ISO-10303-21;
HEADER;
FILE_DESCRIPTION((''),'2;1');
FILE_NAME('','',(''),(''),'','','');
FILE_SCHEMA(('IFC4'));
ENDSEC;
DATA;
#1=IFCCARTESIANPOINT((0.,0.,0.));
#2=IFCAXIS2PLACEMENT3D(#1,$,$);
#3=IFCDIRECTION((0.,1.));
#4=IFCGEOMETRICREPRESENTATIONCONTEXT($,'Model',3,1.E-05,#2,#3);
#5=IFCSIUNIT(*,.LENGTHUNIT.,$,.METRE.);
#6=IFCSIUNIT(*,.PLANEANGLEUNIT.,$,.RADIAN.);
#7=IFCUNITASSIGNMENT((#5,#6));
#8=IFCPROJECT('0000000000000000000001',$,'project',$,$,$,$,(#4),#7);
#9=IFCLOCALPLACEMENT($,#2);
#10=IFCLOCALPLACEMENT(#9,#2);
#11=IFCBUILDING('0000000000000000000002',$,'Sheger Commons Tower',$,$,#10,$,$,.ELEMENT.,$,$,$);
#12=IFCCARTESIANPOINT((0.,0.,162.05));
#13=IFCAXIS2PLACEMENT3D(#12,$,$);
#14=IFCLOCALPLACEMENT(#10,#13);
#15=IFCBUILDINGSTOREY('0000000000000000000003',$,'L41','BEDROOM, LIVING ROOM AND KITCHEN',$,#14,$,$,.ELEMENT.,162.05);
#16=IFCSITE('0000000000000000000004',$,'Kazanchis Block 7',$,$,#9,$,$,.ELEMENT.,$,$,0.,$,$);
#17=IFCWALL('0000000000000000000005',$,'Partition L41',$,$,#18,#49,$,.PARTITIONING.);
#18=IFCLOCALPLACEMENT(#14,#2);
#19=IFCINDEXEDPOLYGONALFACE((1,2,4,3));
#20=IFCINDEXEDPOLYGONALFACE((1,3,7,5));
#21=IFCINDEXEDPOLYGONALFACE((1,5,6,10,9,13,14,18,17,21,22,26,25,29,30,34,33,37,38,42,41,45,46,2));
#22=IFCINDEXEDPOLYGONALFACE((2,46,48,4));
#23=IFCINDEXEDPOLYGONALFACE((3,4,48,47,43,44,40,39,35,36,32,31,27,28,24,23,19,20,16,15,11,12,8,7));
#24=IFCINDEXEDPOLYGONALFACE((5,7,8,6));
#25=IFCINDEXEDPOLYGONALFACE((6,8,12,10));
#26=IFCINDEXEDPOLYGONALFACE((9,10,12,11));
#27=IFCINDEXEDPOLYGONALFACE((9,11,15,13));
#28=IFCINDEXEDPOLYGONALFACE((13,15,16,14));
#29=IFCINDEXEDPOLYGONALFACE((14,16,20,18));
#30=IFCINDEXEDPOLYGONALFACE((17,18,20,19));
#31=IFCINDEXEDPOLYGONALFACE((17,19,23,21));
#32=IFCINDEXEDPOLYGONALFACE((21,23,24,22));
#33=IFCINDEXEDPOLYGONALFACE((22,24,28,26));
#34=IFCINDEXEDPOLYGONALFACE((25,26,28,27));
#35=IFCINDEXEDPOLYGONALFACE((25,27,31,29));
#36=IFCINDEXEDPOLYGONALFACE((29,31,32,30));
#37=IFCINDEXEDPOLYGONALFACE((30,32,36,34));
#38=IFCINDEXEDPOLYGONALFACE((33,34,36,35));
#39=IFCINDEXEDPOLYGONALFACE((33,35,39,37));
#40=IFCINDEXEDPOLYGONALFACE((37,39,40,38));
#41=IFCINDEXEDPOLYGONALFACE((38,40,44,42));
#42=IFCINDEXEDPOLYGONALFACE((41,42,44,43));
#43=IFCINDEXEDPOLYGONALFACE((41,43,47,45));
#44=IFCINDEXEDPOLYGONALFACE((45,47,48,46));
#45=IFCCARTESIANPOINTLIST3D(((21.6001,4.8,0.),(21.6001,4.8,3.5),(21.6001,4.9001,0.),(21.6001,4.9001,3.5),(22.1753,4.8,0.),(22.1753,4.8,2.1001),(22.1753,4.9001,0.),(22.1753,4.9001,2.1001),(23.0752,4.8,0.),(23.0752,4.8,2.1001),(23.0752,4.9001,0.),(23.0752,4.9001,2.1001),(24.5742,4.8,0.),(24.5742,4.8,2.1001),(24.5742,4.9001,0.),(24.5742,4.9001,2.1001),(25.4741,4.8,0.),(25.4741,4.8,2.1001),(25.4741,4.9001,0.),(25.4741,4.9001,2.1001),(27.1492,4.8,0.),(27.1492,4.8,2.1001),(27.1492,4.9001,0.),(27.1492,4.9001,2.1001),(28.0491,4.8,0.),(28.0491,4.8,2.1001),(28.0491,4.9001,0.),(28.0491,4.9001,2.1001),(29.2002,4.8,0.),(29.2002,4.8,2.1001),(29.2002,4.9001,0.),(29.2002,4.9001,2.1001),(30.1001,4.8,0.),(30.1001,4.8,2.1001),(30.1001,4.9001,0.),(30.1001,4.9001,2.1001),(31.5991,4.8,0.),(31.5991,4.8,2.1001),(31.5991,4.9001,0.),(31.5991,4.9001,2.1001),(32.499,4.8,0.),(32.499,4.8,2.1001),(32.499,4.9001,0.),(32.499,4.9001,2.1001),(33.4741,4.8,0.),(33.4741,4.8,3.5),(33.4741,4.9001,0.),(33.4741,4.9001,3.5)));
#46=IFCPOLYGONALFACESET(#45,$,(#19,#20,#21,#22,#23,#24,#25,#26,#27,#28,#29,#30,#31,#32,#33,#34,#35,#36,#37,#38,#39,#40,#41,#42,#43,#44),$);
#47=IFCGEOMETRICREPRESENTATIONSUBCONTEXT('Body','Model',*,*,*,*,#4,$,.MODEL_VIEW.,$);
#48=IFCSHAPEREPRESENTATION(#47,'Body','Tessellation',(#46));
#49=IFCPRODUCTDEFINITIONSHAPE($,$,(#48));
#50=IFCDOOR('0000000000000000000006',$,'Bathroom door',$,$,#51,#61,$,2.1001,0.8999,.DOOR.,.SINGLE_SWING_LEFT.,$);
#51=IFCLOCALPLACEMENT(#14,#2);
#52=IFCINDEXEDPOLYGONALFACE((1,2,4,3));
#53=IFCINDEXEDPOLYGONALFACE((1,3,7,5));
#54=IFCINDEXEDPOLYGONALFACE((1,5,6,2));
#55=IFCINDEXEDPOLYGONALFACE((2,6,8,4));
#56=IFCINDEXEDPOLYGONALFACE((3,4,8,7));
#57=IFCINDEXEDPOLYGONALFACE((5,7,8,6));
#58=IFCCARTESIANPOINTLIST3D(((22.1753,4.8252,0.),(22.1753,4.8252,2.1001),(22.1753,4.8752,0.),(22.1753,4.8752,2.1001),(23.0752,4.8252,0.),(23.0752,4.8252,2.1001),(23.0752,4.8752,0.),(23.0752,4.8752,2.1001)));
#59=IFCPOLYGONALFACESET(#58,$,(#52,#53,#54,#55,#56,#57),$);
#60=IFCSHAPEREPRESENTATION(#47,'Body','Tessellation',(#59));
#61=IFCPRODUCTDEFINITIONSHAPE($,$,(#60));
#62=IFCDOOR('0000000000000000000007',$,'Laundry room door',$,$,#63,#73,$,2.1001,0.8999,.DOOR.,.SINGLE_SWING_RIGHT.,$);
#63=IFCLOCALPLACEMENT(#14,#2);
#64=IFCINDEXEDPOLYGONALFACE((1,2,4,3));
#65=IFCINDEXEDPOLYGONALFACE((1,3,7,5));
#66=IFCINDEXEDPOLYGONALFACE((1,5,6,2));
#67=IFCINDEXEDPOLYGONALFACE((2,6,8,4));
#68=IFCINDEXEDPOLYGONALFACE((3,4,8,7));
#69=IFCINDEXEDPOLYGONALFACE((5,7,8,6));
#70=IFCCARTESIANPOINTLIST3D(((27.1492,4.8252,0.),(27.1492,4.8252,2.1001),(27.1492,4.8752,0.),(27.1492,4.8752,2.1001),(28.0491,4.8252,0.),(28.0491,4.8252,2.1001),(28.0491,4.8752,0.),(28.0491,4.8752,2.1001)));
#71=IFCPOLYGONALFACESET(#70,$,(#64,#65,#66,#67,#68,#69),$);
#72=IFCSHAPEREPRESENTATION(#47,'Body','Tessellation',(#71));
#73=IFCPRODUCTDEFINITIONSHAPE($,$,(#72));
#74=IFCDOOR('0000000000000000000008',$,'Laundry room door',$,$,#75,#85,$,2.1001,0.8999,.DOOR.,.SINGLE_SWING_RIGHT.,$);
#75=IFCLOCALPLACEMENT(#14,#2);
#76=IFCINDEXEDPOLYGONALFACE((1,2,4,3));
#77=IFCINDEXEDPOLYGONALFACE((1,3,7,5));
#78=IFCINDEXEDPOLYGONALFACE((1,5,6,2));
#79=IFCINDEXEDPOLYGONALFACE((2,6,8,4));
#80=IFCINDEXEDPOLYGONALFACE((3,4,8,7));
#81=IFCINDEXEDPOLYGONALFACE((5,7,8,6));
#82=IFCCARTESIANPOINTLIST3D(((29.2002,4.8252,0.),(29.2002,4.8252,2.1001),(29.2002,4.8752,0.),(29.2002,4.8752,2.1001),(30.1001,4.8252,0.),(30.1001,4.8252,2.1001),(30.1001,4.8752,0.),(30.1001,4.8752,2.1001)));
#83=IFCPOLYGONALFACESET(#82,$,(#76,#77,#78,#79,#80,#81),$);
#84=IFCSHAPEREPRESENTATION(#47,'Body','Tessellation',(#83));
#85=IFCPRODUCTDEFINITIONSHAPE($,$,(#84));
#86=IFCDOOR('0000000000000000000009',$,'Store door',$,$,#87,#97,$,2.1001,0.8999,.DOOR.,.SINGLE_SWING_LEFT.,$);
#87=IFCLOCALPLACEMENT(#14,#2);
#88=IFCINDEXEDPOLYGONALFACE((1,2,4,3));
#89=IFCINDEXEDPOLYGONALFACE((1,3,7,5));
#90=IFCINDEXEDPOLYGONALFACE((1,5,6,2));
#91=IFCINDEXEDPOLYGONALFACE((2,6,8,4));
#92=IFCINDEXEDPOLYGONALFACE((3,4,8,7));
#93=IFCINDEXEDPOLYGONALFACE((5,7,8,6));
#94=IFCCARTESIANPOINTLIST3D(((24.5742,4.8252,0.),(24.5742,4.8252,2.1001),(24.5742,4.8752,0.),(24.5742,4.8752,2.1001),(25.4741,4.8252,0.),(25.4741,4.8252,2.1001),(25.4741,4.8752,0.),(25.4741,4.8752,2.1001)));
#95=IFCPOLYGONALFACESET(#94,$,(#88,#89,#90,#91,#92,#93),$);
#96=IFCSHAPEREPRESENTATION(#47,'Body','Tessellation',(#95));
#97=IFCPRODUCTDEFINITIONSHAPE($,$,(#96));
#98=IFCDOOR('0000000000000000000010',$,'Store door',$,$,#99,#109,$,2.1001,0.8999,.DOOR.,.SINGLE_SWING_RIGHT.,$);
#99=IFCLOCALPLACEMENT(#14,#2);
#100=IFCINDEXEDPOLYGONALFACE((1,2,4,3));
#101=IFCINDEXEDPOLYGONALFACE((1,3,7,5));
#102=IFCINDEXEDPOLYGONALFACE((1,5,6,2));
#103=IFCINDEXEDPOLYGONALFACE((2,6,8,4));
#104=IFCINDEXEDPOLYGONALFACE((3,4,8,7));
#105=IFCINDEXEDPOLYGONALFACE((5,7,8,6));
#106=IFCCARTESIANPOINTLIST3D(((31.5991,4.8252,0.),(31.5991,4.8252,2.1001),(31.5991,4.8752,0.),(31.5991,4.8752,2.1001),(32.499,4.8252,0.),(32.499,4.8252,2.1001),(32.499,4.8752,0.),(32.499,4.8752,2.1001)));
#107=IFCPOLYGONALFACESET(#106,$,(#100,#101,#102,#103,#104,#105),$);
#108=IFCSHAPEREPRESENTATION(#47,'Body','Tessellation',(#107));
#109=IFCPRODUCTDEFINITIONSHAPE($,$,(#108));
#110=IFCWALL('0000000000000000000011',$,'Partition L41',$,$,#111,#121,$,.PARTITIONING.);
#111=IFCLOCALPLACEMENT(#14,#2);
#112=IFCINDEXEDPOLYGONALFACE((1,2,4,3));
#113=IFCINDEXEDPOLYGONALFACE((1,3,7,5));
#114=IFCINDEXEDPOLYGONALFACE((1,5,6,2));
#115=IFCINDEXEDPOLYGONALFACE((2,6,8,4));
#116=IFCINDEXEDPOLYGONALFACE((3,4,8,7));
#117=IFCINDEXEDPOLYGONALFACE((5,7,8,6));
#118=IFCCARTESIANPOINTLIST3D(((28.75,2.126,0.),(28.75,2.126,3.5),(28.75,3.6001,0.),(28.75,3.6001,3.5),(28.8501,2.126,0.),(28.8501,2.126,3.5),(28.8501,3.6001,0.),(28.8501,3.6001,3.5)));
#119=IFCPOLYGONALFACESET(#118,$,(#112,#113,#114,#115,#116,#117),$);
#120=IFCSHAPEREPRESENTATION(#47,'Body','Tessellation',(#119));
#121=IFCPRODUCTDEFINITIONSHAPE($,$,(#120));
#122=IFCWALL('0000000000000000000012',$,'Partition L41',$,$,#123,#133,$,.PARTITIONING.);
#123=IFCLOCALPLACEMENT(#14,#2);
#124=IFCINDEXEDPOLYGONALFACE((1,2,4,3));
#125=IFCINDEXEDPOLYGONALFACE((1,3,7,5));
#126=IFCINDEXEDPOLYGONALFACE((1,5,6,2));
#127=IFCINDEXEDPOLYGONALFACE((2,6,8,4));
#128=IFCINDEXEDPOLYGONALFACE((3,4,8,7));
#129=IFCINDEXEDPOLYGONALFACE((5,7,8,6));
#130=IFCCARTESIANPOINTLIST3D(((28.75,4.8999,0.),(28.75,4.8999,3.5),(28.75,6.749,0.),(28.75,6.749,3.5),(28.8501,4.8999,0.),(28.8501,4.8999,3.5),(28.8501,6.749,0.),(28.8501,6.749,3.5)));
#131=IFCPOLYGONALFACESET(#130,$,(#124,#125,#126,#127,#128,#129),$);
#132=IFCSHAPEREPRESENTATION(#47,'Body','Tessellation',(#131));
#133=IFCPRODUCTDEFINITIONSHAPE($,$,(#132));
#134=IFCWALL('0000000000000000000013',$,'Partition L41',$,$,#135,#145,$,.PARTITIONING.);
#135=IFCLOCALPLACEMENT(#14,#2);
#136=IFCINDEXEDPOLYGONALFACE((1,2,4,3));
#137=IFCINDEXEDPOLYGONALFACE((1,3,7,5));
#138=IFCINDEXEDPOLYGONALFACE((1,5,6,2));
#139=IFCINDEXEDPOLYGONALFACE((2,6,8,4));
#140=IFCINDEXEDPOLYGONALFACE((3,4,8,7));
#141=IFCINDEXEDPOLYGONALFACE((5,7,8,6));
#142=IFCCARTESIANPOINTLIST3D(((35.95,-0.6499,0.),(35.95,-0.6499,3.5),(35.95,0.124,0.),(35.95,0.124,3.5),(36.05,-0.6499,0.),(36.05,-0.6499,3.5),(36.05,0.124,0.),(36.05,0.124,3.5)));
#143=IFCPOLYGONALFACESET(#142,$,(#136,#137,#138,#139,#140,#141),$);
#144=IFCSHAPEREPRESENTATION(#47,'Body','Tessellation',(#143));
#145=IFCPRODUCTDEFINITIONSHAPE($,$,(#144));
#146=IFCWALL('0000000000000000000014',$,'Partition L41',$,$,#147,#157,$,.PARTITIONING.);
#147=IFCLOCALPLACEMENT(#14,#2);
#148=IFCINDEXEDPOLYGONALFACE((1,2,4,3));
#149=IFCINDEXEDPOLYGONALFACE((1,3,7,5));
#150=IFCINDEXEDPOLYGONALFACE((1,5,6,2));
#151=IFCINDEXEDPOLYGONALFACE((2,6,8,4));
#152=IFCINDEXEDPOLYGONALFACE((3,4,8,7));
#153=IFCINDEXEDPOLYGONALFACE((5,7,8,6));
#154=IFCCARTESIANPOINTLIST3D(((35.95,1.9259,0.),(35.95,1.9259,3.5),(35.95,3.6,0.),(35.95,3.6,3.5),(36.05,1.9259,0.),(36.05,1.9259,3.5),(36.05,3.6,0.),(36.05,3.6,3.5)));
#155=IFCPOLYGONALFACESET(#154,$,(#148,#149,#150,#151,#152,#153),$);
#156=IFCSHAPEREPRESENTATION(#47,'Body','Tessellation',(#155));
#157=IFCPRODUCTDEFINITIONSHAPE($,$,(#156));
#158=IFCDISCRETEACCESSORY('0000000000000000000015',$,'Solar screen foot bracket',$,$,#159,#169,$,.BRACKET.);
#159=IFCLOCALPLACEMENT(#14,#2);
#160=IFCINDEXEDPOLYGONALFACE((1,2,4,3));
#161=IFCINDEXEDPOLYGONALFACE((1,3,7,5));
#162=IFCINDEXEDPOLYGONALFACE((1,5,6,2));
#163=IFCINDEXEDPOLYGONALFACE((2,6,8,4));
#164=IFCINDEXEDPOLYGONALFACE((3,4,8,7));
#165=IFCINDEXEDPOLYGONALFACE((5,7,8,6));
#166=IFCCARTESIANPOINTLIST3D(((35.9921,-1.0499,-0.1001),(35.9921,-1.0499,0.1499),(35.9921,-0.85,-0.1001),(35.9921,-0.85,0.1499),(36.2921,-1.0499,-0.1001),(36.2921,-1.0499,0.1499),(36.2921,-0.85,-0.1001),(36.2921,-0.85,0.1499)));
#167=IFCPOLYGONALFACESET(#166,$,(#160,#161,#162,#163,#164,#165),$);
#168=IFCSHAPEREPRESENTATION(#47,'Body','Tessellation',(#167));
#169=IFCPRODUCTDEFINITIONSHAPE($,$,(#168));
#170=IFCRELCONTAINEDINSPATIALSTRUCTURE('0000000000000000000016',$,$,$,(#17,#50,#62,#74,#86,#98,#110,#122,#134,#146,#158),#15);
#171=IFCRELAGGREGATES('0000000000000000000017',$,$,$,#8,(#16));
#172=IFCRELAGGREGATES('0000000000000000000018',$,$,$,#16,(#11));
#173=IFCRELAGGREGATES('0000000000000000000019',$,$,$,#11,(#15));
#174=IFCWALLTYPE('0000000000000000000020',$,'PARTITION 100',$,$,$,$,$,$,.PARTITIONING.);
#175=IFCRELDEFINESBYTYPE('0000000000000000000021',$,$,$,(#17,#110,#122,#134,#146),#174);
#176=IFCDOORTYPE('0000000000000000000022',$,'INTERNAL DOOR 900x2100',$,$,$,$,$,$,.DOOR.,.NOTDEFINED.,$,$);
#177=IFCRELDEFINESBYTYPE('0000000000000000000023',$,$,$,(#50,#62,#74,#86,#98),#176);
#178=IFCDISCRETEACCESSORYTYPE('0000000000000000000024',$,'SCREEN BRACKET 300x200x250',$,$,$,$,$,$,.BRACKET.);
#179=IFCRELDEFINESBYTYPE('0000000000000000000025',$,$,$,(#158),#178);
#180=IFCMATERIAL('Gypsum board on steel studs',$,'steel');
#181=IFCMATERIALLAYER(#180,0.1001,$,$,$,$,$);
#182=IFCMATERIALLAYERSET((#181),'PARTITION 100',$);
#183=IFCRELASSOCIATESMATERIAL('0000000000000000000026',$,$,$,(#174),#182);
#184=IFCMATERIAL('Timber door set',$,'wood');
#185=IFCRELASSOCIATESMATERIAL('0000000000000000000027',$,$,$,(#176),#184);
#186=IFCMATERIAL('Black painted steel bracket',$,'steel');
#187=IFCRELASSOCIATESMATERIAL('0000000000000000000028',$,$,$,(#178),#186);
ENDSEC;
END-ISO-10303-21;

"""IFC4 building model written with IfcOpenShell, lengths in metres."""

from ifc_helpers import new_model, si_unit, direction, frame, frame_2d, origin, origin_2d, place, context, subcontext, project, spatial, rectangle, extrude, material, layer, layer_set, type_object, element, fill, save


model = new_model("IFC4")

# Units and contexts
model_context = context("Model", 3, precision=1e-05, world=origin(), true_north=direction((0.0, 1.0)))
body_context = subcontext(model_context, "Body", "Model", "MODEL_VIEW")
ifc_project = project(units=[si_unit("LENGTHUNIT", "METRE"), si_unit("PLANEANGLEUNIT", "RADIAN")], contexts=[model_context])

# Site, building, storey
site_placement = place(None, origin())
site = spatial("IfcSite", under=ifc_project, at=site_placement, Name="Kazanchis Block 7", CompositionType="ELEMENT", RefElevation=0.0)
building_placement = place(site_placement, origin())
building = spatial("IfcBuilding", under=site, at=building_placement, Name="Sheger Commons Tower", CompositionType="ELEMENT")
storey_placement = place(building_placement, frame((0.0, 0.0, 162.05)))
storey = spatial("IfcBuildingStorey", under=building, at=storey_placement, Name="L41", Description="BEDROOM, LIVING ROOM AND KITCHEN", CompositionType="ELEMENT", Elevation=162.05)

# Wall, openings, doors
ifc_material_1 = material(Name="Gypsum board on steel studs", Category="steel")
ifc_layer_1 = layer(ifc_material_1, 0.1001)
ifc_layer_set_1 = layer_set([ifc_layer_1], Name="PARTITION 100")
wall_type_1 = type_object("IfcWallType", Name="PARTITION 100", PredefinedType="PARTITIONING", material=ifc_layer_set_1)
ifc_material_2 = material(Name="Timber door set", Category="wood")
door_type = type_object("IfcDoorType", Name="INTERNAL DOOR 900x2100", OperationType="NOTDEFINED", PredefinedType="DOOR", material=ifc_material_2)
wall_1_placement = place(storey_placement, frame((33.4741, 4.8501, 0.0), z_axis=(0.0, 0.0, 1.0), x_axis=(-1.0, 0.0, 0.0)))
wall_1 = element("IfcWall", 1, at=wall_1_placement, inside=storey, type_object=wall_type_1, Name="Partition L41", PredefinedType="PARTITIONING", context=body_context, shape_type="SweptSolid", body=[
    extrude(rectangle(XDim=11.874, YDim=0.1001, at=frame_2d((5.937, 0.0))), origin(), (0.0, 0.0, 1.0), 3.5),
])
opening_1_placement = place(wall_1_placement, frame((10.3989, 0.0, 0.0)))
opening_1 = element("IfcOpeningElement", 2, at=opening_1_placement, cuts=wall_1, PredefinedType="OPENING", context=body_context, shape_type="SweptSolid", body=[
    extrude(rectangle(XDim=0.8999, YDim=2.1001, at=frame_2d((0.45, 1.05))), frame((0.0, 0.0601, 0.0), z_axis=(0.0, -1.0, 0.0), x_axis=(1.0, 0.0, 0.0)), (0.0, 0.0, 1.0), 0.1201),
])
opening_2_placement = place(wall_1_placement, frame((5.425, 0.0, 0.0)))
opening_2 = element("IfcOpeningElement", 3, at=opening_2_placement, cuts=wall_1, PredefinedType="OPENING", context=body_context, shape_type="SweptSolid", body=[
    extrude(rectangle(XDim=0.8999, YDim=2.1001, at=frame_2d((0.45, 1.05))), frame((0.0, 0.0601, 0.0), z_axis=(0.0, -1.0, 0.0), x_axis=(1.0, 0.0, 0.0)), (0.0, 0.0, 1.0), 0.1201),
])
opening_3_placement = place(wall_1_placement, frame((3.374, 0.0, 0.0)))
opening_3 = element("IfcOpeningElement", 4, at=opening_3_placement, cuts=wall_1, PredefinedType="OPENING", context=body_context, shape_type="SweptSolid", body=[
    extrude(rectangle(XDim=0.8999, YDim=2.1001, at=frame_2d((0.45, 1.05))), frame((0.0, 0.0601, 0.0), z_axis=(0.0, -1.0, 0.0), x_axis=(1.0, 0.0, 0.0)), (0.0, 0.0, 1.0), 0.1201),
])
opening_4_placement = place(wall_1_placement, frame((8.0, 0.0, 0.0)))
opening_4 = element("IfcOpeningElement", 5, at=opening_4_placement, cuts=wall_1, PredefinedType="OPENING", context=body_context, shape_type="SweptSolid", body=[
    extrude(rectangle(XDim=0.8999, YDim=2.1001, at=frame_2d((0.45, 1.05))), frame((0.0, 0.0601, 0.0), z_axis=(0.0, -1.0, 0.0), x_axis=(1.0, 0.0, 0.0)), (0.0, 0.0, 1.0), 0.1201),
])
opening_5_placement = place(wall_1_placement, frame((0.9751, 0.0, 0.0)))
opening_5 = element("IfcOpeningElement", 6, at=opening_5_placement, cuts=wall_1, PredefinedType="OPENING", context=body_context, shape_type="SweptSolid", body=[
    extrude(rectangle(XDim=0.8999, YDim=2.1001, at=frame_2d((0.45, 1.05))), frame((0.0, 0.0601, 0.0), z_axis=(0.0, -1.0, 0.0), x_axis=(1.0, 0.0, 0.0)), (0.0, 0.0, 1.0), 0.1201),
])
door_1_placement = place(opening_1_placement, origin())
door_1 = element("IfcDoor", 7, at=door_1_placement, inside=storey, type_object=door_type, Name="Bathroom door", OperationType="SINGLE_SWING_LEFT", OverallHeight=2.1001, OverallWidth=0.8999, PredefinedType="DOOR", context=body_context, shape_type="SweptSolid", body=[
    extrude(rectangle(XDim=0.8999, YDim=2.1001, at=frame_2d((0.45, 1.05))), frame((0.0, 0.0249, 0.0), z_axis=(0.0, -1.0, 0.0), x_axis=(1.0, 0.0, 0.0)), (0.0, 0.0, 1.0), 0.05),
])
fill(opening_1, door_1)
door_2_placement = place(opening_2_placement, origin())
door_2 = element("IfcDoor", 8, at=door_2_placement, inside=storey, type_object=door_type, Name="Laundry room door", OperationType="SINGLE_SWING_RIGHT", OverallHeight=2.1001, OverallWidth=0.8999, PredefinedType="DOOR", context=body_context, shape_type="SweptSolid", body=[
    extrude(rectangle(XDim=0.8999, YDim=2.1001, at=frame_2d((0.45, 1.05))), frame((0.0, 0.0249, 0.0), z_axis=(0.0, -1.0, 0.0), x_axis=(1.0, 0.0, 0.0)), (0.0, 0.0, 1.0), 0.05),
])
fill(opening_2, door_2)
door_3_placement = place(opening_3_placement, origin())
door_3 = element("IfcDoor", 9, at=door_3_placement, inside=storey, type_object=door_type, Name="Laundry room door", OperationType="SINGLE_SWING_RIGHT", OverallHeight=2.1001, OverallWidth=0.8999, PredefinedType="DOOR", context=body_context, shape_type="SweptSolid", body=[
    extrude(rectangle(XDim=0.8999, YDim=2.1001, at=frame_2d((0.45, 1.05))), frame((0.0, 0.0249, 0.0), z_axis=(0.0, -1.0, 0.0), x_axis=(1.0, 0.0, 0.0)), (0.0, 0.0, 1.0), 0.05),
])
fill(opening_3, door_3)
door_4_placement = place(opening_4_placement, origin())
door_4 = element("IfcDoor", 10, at=door_4_placement, inside=storey, type_object=door_type, Name="Store door", OperationType="SINGLE_SWING_LEFT", OverallHeight=2.1001, OverallWidth=0.8999, PredefinedType="DOOR", context=body_context, shape_type="SweptSolid", body=[
    extrude(rectangle(XDim=0.8999, YDim=2.1001, at=frame_2d((0.45, 1.05))), frame((0.0, 0.0249, 0.0), z_axis=(0.0, -1.0, 0.0), x_axis=(1.0, 0.0, 0.0)), (0.0, 0.0, 1.0), 0.05),
])
fill(opening_4, door_4)
door_5_placement = place(opening_5_placement, origin())
door_5 = element("IfcDoor", 11, at=door_5_placement, inside=storey, type_object=door_type, Name="Store door", OperationType="SINGLE_SWING_RIGHT", OverallHeight=2.1001, OverallWidth=0.8999, PredefinedType="DOOR", context=body_context, shape_type="SweptSolid", body=[
    extrude(rectangle(XDim=0.8999, YDim=2.1001, at=frame_2d((0.45, 1.05))), frame((0.0, 0.0249, 0.0), z_axis=(0.0, -1.0, 0.0), x_axis=(1.0, 0.0, 0.0)), (0.0, 0.0, 1.0), 0.05),
])
fill(opening_5, door_5)

# Walls
wall_2_placement = place(storey_placement, frame((28.8, 2.126, 0.0), z_axis=(0.0, 0.0, 1.0), x_axis=(0.0, 1.0, 0.0)))
element("IfcWall", 12, at=wall_2_placement, inside=storey, type_object=wall_type_1, Name="Partition L41", PredefinedType="PARTITIONING", context=body_context, shape_type="SweptSolid", body=[
    extrude(rectangle(XDim=1.4741, YDim=0.1001, at=frame_2d((0.7371, 0.0))), origin(), (0.0, 0.0, 1.0), 3.5),
])
wall_3_placement = place(storey_placement, frame((28.8, 4.8999, 0.0), z_axis=(0.0, 0.0, 1.0), x_axis=(0.0, 1.0, 0.0)))
element("IfcWall", 13, at=wall_3_placement, inside=storey, type_object=wall_type_1, Name="Partition L41", PredefinedType="PARTITIONING", context=body_context, shape_type="SweptSolid", body=[
    extrude(rectangle(XDim=1.8491, YDim=0.1001, at=frame_2d((0.9246, 0.0))), origin(), (0.0, 0.0, 1.0), 3.5),
])
wall_4_placement = place(storey_placement, frame((36.0, -0.6499, 0.0), z_axis=(0.0, 0.0, 1.0), x_axis=(0.0, 1.0, 0.0)))
element("IfcWall", 14, at=wall_4_placement, inside=storey, type_object=wall_type_1, Name="Partition L41", PredefinedType="PARTITIONING", context=body_context, shape_type="SweptSolid", body=[
    extrude(rectangle(XDim=0.7739, YDim=0.1001, at=frame_2d((0.387, 0.0))), origin(), (0.0, 0.0, 1.0), 3.5),
])
wall_5_placement = place(storey_placement, frame((36.0, 1.926, 0.0), z_axis=(0.0, 0.0, 1.0), x_axis=(0.0, 1.0, 0.0)))
element("IfcWall", 15, at=wall_5_placement, inside=storey, type_object=wall_type_1, Name="Partition L41", PredefinedType="PARTITIONING", context=body_context, shape_type="SweptSolid", body=[
    extrude(rectangle(XDim=1.6741, YDim=0.1001, at=frame_2d((0.8369, 0.0))), origin(), (0.0, 0.0, 1.0), 3.5),
])

# Discrete accessory
ifc_material_3 = material(Name="Black painted steel bracket", Category="steel")
discrete_accessory_type = type_object("IfcDiscreteAccessoryType", Name="SCREEN BRACKET 300x200x250", PredefinedType="BRACKET", material=ifc_material_3)
for number, where, z_axis, x_axis, name in (
    (16, (36.1421, -0.95, -0.1001), (0.0, 0.0, 1.0), (1.0, 0.0, 0.0), "Solar screen foot bracket"),
):
    element("IfcDiscreteAccessory", number, at=place(storey_placement, frame(where, z_axis=z_axis, x_axis=x_axis)), inside=storey, type_object=discrete_accessory_type, Name=name, PredefinedType="BRACKET", context=body_context, shape_type="SweptSolid", body=[
        extrude(rectangle(XDim=0.3, YDim=0.2, at=origin_2d()), origin(), (0.0, 0.0, 1.0), 0.25),
    ])

save(model, "model.ifc")
